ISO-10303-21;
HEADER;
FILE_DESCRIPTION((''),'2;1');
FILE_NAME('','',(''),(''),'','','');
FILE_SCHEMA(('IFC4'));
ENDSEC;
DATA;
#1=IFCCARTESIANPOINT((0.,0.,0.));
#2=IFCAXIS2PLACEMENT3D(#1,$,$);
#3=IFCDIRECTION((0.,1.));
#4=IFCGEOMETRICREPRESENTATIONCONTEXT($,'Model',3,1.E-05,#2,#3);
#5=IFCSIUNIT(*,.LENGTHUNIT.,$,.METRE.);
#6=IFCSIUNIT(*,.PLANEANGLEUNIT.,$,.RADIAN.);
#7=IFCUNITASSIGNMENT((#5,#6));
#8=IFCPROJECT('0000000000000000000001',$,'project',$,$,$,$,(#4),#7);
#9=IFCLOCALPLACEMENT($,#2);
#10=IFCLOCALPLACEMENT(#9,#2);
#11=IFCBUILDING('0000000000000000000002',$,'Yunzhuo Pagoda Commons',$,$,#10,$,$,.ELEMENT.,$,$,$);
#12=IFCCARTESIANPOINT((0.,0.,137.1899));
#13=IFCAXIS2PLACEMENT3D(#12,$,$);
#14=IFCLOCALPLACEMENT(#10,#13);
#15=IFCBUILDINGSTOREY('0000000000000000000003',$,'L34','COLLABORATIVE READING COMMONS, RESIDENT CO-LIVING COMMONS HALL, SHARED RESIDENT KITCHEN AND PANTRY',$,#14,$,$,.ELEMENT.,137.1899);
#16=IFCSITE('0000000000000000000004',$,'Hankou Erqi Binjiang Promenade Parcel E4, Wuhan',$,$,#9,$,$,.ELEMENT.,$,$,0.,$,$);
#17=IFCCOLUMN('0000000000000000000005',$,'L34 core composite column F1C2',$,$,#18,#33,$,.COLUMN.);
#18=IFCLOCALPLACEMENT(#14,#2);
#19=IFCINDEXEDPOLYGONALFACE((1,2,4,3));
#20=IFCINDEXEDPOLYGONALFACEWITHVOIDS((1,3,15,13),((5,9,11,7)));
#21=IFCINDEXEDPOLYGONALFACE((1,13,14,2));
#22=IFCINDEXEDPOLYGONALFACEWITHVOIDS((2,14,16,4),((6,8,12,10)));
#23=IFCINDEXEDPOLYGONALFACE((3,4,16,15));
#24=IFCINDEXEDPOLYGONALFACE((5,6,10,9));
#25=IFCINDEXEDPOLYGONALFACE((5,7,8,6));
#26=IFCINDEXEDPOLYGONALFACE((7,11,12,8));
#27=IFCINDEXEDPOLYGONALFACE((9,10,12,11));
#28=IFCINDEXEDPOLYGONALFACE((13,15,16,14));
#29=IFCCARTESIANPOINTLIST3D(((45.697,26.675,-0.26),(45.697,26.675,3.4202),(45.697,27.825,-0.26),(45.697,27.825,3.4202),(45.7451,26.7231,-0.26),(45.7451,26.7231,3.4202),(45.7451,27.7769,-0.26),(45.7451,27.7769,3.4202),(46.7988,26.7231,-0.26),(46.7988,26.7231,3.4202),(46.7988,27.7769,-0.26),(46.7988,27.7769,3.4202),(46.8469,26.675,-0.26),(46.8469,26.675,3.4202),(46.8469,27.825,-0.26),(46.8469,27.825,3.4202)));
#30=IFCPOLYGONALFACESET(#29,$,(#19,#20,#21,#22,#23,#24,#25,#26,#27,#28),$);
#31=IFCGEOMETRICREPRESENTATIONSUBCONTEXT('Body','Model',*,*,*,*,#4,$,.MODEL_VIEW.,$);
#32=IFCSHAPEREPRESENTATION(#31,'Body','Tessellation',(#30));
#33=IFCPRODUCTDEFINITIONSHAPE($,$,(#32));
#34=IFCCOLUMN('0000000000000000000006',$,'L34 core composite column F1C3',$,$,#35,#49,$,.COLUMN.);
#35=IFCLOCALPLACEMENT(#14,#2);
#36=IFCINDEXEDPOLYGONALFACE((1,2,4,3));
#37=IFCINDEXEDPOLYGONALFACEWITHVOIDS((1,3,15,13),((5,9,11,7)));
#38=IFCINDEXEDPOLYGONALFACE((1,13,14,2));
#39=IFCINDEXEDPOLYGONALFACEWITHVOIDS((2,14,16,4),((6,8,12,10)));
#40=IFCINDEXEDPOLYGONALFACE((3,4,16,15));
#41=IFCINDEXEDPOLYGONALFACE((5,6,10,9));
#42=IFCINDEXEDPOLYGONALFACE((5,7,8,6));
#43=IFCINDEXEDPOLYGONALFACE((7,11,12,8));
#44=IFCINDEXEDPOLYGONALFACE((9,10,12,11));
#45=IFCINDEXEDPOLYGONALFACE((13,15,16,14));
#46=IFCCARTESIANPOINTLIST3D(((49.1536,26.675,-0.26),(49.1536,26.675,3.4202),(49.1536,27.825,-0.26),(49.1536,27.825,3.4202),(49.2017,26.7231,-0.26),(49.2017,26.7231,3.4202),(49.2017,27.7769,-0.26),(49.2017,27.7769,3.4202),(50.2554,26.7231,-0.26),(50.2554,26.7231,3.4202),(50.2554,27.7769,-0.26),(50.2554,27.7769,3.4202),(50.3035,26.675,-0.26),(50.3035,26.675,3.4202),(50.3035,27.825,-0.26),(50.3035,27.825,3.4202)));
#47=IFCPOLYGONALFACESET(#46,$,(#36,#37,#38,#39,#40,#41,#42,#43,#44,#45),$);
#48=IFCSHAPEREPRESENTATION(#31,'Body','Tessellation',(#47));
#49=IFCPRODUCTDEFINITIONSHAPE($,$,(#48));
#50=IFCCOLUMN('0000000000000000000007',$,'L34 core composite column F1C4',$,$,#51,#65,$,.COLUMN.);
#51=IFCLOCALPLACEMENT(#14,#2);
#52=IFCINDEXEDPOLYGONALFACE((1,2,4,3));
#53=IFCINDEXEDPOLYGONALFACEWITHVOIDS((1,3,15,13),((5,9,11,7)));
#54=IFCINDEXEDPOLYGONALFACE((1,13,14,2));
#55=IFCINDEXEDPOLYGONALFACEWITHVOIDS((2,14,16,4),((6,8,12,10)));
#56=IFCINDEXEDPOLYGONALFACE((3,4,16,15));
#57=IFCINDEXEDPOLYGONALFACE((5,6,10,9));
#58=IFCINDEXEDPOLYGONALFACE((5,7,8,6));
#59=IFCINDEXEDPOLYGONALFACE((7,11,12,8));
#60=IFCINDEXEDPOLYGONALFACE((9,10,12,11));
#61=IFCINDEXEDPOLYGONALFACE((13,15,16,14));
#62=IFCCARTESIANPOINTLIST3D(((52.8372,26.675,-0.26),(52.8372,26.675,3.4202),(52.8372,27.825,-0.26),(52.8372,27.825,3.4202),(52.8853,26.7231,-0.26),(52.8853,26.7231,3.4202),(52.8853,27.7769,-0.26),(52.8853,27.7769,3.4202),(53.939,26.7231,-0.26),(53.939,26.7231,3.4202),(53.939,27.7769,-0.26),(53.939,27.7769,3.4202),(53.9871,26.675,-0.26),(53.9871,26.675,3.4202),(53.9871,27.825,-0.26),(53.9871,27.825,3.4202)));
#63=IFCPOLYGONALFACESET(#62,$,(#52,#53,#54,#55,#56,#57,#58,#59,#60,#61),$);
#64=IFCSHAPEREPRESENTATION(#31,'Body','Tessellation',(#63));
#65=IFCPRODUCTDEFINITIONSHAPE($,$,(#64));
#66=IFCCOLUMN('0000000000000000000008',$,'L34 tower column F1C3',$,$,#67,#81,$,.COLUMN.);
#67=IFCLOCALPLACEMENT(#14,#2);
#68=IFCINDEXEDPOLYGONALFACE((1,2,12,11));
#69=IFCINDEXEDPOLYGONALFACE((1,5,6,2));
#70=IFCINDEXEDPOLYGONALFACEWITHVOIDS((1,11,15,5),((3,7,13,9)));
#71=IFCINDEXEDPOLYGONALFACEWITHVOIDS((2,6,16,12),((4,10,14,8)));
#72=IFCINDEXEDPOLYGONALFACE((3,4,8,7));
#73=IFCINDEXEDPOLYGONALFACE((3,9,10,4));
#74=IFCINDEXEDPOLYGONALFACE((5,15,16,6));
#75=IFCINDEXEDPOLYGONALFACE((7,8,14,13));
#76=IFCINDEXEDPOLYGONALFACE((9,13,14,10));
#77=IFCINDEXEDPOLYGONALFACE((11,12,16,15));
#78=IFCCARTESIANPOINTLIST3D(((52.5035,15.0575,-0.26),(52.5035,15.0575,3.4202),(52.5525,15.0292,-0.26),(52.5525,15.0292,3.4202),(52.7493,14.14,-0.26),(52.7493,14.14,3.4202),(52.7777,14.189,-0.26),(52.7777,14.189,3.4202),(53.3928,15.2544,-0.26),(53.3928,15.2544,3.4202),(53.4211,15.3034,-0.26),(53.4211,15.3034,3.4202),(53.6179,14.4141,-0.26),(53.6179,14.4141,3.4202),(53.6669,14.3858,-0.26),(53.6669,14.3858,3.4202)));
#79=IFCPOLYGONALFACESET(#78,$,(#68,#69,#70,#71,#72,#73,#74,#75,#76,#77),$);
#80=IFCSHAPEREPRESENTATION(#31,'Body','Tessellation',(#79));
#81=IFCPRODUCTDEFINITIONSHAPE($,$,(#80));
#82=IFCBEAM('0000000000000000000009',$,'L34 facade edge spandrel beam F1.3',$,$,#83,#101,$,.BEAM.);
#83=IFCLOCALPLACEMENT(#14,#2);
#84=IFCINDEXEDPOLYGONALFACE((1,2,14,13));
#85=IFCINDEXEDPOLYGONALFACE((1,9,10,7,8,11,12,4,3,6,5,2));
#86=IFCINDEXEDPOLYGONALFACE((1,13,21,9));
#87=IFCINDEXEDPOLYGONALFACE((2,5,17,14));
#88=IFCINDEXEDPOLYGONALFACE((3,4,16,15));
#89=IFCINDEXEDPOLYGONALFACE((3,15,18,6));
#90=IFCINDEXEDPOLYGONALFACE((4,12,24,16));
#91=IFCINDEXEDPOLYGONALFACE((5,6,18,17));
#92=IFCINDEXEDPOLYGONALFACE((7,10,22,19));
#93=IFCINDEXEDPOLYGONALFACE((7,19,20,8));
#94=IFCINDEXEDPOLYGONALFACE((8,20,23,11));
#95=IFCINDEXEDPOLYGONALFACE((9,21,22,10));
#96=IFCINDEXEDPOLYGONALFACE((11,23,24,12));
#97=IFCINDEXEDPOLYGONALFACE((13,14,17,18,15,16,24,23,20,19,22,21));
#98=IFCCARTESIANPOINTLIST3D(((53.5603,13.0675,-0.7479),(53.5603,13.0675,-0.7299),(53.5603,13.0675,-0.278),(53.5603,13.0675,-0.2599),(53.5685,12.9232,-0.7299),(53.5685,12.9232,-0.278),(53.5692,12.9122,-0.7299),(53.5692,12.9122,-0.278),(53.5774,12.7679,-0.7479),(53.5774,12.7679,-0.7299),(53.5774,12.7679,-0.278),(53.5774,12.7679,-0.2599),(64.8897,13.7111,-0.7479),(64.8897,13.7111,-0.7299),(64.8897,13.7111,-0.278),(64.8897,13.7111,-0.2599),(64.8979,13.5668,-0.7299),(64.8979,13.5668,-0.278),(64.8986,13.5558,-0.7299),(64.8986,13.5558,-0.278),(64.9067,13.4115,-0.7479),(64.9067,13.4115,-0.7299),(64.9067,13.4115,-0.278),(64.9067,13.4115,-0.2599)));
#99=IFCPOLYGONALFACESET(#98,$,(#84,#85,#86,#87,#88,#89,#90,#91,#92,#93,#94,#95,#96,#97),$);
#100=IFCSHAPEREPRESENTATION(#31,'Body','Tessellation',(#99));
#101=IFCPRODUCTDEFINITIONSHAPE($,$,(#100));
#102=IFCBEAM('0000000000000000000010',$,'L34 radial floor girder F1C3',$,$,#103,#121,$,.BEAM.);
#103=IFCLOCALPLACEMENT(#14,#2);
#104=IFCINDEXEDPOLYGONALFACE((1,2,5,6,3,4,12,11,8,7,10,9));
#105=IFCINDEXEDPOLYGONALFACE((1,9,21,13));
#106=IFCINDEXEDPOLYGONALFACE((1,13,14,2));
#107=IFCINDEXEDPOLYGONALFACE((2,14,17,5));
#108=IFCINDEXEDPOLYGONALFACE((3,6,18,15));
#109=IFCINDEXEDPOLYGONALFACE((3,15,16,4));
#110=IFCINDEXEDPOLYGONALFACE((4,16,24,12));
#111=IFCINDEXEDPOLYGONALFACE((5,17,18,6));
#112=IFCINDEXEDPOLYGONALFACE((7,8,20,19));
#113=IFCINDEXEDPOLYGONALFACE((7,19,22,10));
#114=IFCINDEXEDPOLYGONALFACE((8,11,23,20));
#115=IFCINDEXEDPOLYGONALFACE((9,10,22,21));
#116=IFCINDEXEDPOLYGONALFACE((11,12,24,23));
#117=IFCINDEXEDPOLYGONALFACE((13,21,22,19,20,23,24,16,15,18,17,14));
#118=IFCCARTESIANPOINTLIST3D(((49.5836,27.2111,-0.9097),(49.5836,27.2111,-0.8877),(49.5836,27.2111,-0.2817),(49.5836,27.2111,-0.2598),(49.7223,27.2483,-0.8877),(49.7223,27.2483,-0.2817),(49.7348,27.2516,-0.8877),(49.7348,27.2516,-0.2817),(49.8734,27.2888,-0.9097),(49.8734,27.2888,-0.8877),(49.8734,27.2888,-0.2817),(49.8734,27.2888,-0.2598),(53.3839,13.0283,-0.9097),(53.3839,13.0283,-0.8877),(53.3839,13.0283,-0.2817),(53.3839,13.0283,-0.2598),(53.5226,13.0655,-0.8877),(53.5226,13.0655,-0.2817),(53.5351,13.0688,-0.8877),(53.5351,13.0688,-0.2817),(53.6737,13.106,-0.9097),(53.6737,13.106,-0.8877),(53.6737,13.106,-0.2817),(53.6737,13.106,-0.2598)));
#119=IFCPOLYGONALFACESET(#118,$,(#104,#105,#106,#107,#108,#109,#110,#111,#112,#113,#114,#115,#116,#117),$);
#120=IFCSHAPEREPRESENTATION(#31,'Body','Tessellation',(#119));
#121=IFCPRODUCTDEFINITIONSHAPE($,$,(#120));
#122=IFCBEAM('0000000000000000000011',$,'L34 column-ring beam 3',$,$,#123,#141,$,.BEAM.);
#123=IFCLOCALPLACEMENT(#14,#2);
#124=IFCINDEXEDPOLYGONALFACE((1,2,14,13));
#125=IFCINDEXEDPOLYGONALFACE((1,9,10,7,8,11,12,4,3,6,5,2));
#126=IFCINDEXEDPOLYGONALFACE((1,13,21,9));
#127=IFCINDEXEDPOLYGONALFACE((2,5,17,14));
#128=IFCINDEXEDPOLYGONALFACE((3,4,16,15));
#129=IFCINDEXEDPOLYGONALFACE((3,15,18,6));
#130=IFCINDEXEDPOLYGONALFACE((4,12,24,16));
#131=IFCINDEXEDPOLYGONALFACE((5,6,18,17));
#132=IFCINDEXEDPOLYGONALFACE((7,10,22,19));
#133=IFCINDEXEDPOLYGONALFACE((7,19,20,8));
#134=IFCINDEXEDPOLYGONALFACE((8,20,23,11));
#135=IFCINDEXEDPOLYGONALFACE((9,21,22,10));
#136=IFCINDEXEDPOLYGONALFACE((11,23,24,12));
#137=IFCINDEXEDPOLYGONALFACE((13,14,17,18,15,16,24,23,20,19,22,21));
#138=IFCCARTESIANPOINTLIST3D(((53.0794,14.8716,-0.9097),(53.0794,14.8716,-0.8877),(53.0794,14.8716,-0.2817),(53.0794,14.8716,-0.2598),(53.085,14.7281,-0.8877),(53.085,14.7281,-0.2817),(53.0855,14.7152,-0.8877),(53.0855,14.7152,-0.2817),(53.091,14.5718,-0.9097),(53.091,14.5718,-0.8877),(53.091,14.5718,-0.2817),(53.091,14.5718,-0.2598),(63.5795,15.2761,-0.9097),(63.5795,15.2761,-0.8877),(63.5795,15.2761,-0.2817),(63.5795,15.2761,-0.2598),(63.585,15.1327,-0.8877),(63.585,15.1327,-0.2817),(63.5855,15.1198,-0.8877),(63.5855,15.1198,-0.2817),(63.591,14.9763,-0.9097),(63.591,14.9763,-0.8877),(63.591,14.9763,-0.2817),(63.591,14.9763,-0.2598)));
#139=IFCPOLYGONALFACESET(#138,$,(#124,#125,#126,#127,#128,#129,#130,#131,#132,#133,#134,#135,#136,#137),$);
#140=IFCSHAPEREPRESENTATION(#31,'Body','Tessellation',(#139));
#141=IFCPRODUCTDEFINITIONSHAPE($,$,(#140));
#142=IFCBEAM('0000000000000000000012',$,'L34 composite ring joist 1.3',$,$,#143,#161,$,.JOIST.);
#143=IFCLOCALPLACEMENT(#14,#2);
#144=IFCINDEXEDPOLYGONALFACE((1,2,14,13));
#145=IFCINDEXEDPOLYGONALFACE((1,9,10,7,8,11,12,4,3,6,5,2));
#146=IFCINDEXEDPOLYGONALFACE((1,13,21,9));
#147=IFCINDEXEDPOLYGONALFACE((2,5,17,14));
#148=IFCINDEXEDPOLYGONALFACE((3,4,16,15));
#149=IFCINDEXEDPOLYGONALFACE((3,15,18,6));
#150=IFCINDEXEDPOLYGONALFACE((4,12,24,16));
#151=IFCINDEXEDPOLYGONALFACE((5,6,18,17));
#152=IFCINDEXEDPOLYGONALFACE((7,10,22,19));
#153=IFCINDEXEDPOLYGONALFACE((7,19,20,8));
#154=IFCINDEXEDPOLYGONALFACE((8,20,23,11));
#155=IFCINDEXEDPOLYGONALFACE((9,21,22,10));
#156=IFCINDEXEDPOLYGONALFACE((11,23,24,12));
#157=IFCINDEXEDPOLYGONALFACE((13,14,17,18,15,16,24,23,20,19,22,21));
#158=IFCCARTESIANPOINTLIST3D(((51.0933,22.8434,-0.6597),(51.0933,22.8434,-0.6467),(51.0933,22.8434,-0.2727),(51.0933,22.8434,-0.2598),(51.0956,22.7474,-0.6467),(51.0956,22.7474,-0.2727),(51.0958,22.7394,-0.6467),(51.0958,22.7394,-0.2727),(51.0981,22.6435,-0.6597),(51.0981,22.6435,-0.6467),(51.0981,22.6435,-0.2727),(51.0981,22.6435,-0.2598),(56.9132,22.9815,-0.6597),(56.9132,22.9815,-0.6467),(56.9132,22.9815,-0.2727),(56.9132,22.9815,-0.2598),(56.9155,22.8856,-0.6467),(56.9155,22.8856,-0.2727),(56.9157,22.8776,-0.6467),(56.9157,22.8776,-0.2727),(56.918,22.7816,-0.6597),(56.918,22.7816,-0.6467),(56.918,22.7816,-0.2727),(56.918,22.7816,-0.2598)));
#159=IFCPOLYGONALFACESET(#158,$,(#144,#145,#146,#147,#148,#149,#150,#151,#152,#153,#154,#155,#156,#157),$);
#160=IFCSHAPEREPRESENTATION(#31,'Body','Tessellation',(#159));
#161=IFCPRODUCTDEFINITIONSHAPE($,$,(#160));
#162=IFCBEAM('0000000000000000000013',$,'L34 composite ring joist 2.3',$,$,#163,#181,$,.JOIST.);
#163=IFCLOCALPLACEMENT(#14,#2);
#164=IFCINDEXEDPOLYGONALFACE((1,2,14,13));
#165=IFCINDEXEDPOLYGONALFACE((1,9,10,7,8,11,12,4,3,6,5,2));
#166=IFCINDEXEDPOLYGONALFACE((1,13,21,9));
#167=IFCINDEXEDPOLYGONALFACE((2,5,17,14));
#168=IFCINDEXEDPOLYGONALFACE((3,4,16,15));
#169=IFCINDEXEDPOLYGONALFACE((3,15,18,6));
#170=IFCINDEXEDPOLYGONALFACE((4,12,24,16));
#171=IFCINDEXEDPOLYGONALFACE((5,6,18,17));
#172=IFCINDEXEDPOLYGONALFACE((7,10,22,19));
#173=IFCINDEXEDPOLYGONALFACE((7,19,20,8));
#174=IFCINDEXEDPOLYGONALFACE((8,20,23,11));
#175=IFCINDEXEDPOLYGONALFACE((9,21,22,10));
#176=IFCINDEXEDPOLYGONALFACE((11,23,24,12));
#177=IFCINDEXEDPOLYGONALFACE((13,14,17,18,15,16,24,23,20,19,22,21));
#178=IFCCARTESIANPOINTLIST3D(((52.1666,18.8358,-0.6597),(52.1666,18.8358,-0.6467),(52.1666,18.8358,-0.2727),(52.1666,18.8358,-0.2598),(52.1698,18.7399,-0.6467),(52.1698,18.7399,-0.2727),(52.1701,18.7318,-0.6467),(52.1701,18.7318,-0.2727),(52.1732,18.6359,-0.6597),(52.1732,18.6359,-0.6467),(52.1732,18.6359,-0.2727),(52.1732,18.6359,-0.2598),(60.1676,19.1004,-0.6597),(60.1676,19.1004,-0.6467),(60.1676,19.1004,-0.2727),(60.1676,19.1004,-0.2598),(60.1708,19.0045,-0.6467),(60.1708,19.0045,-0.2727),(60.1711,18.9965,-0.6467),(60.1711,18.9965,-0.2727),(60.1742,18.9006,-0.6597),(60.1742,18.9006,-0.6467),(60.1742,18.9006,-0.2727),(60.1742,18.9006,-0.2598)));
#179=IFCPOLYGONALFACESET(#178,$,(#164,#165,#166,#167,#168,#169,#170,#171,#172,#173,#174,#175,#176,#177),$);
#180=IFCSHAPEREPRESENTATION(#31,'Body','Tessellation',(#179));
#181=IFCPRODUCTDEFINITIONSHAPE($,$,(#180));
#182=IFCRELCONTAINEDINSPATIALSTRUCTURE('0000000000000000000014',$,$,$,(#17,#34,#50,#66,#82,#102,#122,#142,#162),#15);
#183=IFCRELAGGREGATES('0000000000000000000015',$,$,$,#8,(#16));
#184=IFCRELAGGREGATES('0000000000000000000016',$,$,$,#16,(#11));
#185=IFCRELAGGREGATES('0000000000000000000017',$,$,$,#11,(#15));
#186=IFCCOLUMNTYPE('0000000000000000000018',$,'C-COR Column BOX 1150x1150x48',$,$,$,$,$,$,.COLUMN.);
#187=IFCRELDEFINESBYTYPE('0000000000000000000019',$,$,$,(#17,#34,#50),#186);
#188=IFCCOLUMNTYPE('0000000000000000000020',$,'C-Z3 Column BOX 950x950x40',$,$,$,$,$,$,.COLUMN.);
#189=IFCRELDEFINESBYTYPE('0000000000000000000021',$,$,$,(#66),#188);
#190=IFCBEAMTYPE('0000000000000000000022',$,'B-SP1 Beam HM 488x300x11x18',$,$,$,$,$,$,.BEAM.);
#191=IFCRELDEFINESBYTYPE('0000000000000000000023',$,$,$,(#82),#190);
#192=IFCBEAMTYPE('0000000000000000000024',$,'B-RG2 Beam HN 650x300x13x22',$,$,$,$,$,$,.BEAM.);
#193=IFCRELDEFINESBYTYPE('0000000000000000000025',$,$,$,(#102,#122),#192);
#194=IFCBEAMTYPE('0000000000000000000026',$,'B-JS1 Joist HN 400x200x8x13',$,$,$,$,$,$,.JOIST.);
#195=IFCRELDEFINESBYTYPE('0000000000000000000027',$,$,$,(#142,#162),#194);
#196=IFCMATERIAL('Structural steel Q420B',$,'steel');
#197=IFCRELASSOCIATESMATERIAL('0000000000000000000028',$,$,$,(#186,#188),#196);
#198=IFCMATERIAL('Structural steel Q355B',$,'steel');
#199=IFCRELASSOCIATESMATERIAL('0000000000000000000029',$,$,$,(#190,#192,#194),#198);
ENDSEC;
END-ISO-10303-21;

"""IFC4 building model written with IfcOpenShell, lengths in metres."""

from ifc_helpers import new_model, si_unit, direction, frame, origin, origin_2d, place, context, subcontext, project, spatial, hollow_rectangle, i_section, extrude, source, transform, mapped, material, material_profile, profile_set, type_object, element, save


model = new_model("IFC4")

# Units and contexts
model_context = context("Model", 3, precision=1e-05, world=origin(), true_north=direction((0.0, 1.0)))
body_context = subcontext(model_context, "Body", "Model", "MODEL_VIEW")
ifc_project = project(units=[si_unit("LENGTHUNIT", "METRE"), si_unit("PLANEANGLEUNIT", "RADIAN")], contexts=[model_context])

# Site, building, storey
site_placement = place(None, origin())
site = spatial("IfcSite", under=ifc_project, at=site_placement, Name="Hankou Erqi Binjiang Promenade Parcel E4, Wuhan", CompositionType="ELEMENT", RefElevation=0.0)
building_placement = place(site_placement, origin())
building = spatial("IfcBuilding", under=site, at=building_placement, Name="Yunzhuo Pagoda Commons", CompositionType="ELEMENT")
storey_placement = place(building_placement, frame((0.0, 0.0, 137.1899)))
storey = spatial("IfcBuildingStorey", under=building, at=storey_placement, Name="L34", Description="COLLABORATIVE READING COMMONS, RESIDENT CO-LIVING COMMONS HALL, SHARED RESIDENT KITCHEN AND PANTRY", CompositionType="ELEMENT", Elevation=137.1899)

# Columns
ifc_material_1 = material(Name="Structural steel Q420B", Category="steel")
ifc_material_profile_1 = material_profile(ifc_material_1, hollow_rectangle(XDim=1.1499, YDim=1.1499, WallThickness=0.0481, at=origin_2d()), Name="Structural steel Q420B")
ifc_profile_set_1 = profile_set([ifc_material_profile_1], Name="Structural steel Q420B")
column_type_1 = type_object("IfcColumnType", Name="C-COR Column BOX 1150x1150x48", PredefinedType="COLUMN", material=ifc_profile_set_1)
shared_shape_1 = source(origin(), body_context, "Body", "SweptSolid", [
    extrude(hollow_rectangle(XDim=1.1499, YDim=1.1499, WallThickness=0.0481, at=origin_2d()), origin(), (0.0, 0.0, 1.0), 3.6802),
])
for number, where, z_axis, x_axis, name in (
    (1, (46.272, 27.25, -0.26), (0.0, 0.0, 1.0), (1.0, 0.0, 0.0), "L34 core composite column F1C2"),
    (2, (49.7285, 27.25, -0.26), (0.0, 0.0, 1.0), (1.0, 0.0, 0.0), "L34 core composite column F1C3"),
    (3, (53.4121, 27.25, -0.26), (0.0, 0.0, 1.0), (1.0, 0.0, 0.0), "L34 core composite column F1C4"),
):
    element("IfcColumn", number, at=place(storey_placement, frame(where, z_axis=z_axis, x_axis=x_axis)), inside=storey, type_object=column_type_1, Name=name, PredefinedType="COLUMN", context=body_context, shape_type="MappedRepresentation", body=[
        mapped(shared_shape_1, transform((0.0, 0.0, 0.0), scale=1.0)),
    ])
ifc_material_profile_2 = material_profile(ifc_material_1, hollow_rectangle(XDim=0.95, YDim=0.95, WallThickness=0.04, at=origin_2d()), Name="Structural steel Q420B")
ifc_profile_set_2 = profile_set([ifc_material_profile_2], Name="Structural steel Q420B")
column_type_2 = type_object("IfcColumnType", Name="C-Z3 Column BOX 950x950x40", PredefinedType="COLUMN", material=ifc_profile_set_2)
shared_shape_2 = source(origin(), body_context, "Body", "SweptSolid", [
    extrude(hollow_rectangle(XDim=0.95, YDim=0.95, WallThickness=0.04, at=origin_2d()), origin(), (0.0, 0.0, 1.0), 3.6802),
])
column_placement = place(storey_placement, frame((53.0852, 14.7217, -0.26), z_axis=(0.0, 0.0, 1.0), x_axis=(0.965926, 0.258819, 0.0)))
element("IfcColumn", 4, at=column_placement, inside=storey, type_object=column_type_2, Name="L34 tower column F1C3", PredefinedType="COLUMN", context=body_context, shape_type="MappedRepresentation", body=[
    mapped(shared_shape_2, transform((0.0, 0.0, 0.0), scale=1.0)),
])

# Beams
ifc_material_2 = material(Name="Structural steel Q355B", Category="steel")
ifc_material_profile_3 = material_profile(ifc_material_2, i_section(OverallWidth=0.3, OverallDepth=0.488, WebThickness=0.011, FlangeThickness=0.0181, at=origin_2d()), Name="Structural steel Q355B")
ifc_profile_set_3 = profile_set([ifc_material_profile_3], Name="Structural steel Q355B")
beam_type_1 = type_object("IfcBeamType", Name="B-SP1 Beam HM 488x300x11x18", PredefinedType="BEAM", material=ifc_profile_set_3)
shared_shape_3 = source(origin(), body_context, "Body", "SweptSolid", [
    extrude(i_section(OverallWidth=0.3, OverallDepth=0.488, WebThickness=0.011, FlangeThickness=0.0181, at=origin_2d()), origin(), (0.0, 0.0, 1.0), 11.3477),
])
beam_1_placement = place(storey_placement, frame((53.5688, 12.9177, -0.5039), z_axis=(0.998391, 0.056713, 0.0), x_axis=(-0.056713, 0.998391, 0.0)))
element("IfcBeam", 5, at=beam_1_placement, inside=storey, type_object=beam_type_1, Name="L34 facade edge spandrel beam F1.3", PredefinedType="BEAM", context=body_context, shape_type="MappedRepresentation", body=[
    mapped(shared_shape_3, transform((0.0, 0.0, 0.0), scale=1.0)),
])
ifc_material_profile_4 = material_profile(ifc_material_2, i_section(OverallWidth=0.3, OverallDepth=0.6499, WebThickness=0.0129, FlangeThickness=0.022, at=origin_2d()), Name="Structural steel Q355B")
ifc_profile_set_4 = profile_set([ifc_material_profile_4], Name="Structural steel Q355B")
beam_type_2 = type_object("IfcBeamType", Name="B-RG2 Beam HN 650x300x13x22", PredefinedType="BEAM", material=ifc_profile_set_4)
shared_shape_4 = source(origin(), body_context, "Body", "SweptSolid", [
    extrude(i_section(OverallWidth=0.3, OverallDepth=0.6499, WebThickness=0.0129, FlangeThickness=0.022, at=origin_2d()), origin(), (0.0, 0.0, 1.0), 14.6831),
])
beam_2_placement = place(storey_placement, frame((53.5288, 13.0671, -0.5847), z_axis=(-0.258819, 0.965926, 0.0), x_axis=(-0.965926, -0.258819, 0.0)))
element("IfcBeam", 6, at=beam_2_placement, inside=storey, type_object=beam_type_2, Name="L34 radial floor girder F1C3", PredefinedType="BEAM", context=body_context, shape_type="MappedRepresentation", body=[
    mapped(shared_shape_4, transform((0.0, 0.0, 0.0), scale=1.0)),
])
shared_shape_5 = source(origin(), body_context, "Body", "SweptSolid", [
    extrude(i_section(OverallWidth=0.3, OverallDepth=0.6499, WebThickness=0.0129, FlangeThickness=0.022, at=origin_2d()), origin(), (0.0, 0.0, 1.0), 10.5078),
])
beam_3_placement = place(storey_placement, frame((53.0852, 14.7217, -0.5847), z_axis=(0.999259, 0.038499, 0.0), x_axis=(-0.038499, 0.999259, 0.0)))
element("IfcBeam", 7, at=beam_3_placement, inside=storey, type_object=beam_type_2, Name="L34 column-ring beam 3", PredefinedType="BEAM", context=body_context, shape_type="MappedRepresentation", body=[
    mapped(shared_shape_5, transform((0.0, 0.0, 0.0), scale=1.0)),
])
ifc_material_profile_5 = material_profile(ifc_material_2, i_section(OverallWidth=0.2, OverallDepth=0.3999, WebThickness=0.0081, FlangeThickness=0.0129, at=origin_2d()), Name="Structural steel Q355B")
ifc_profile_set_5 = profile_set([ifc_material_profile_5], Name="Structural steel Q355B")
beam_type_3 = type_object("IfcBeamType", Name="B-JS1 Joist HN 400x200x8x13", PredefinedType="JOIST", material=ifc_profile_set_5)
shared_shape_6 = source(origin(), body_context, "Body", "SweptSolid", [
    extrude(i_section(OverallWidth=0.2, OverallDepth=0.3999, WebThickness=0.0081, FlangeThickness=0.0129, at=origin_2d()), origin(), (0.0, 0.0, 1.0), 5.8215),
])
beam_4_placement = place(storey_placement, frame((51.0957, 22.7434, -0.4597), z_axis=(0.999718, 0.023737, 0.0), x_axis=(-0.023737, 0.999718, 0.0)))
element("IfcBeam", 8, at=beam_4_placement, inside=storey, type_object=beam_type_3, Name="L34 composite ring joist 1.3", PredefinedType="JOIST", context=body_context, shape_type="MappedRepresentation", body=[
    mapped(shared_shape_6, transform((0.0, 0.0, 0.0), scale=1.0)),
])
shared_shape_7 = source(origin(), body_context, "Body", "SweptSolid", [
    extrude(i_section(OverallWidth=0.2, OverallDepth=0.3999, WebThickness=0.0081, FlangeThickness=0.0129, at=origin_2d()), origin(), (0.0, 0.0, 1.0), 8.0054),
])
beam_5_placement = place(storey_placement, frame((52.1699, 18.7358, -0.4597), z_axis=(0.999453, 0.033059, 0.0), x_axis=(-0.033059, 0.999453, 0.0)))
element("IfcBeam", 9, at=beam_5_placement, inside=storey, type_object=beam_type_3, Name="L34 composite ring joist 2.3", PredefinedType="JOIST", context=body_context, shape_type="MappedRepresentation", body=[
    mapped(shared_shape_7, transform((0.0, 0.0, 0.0), scale=1.0)),
])

save(model, "model.ifc")
